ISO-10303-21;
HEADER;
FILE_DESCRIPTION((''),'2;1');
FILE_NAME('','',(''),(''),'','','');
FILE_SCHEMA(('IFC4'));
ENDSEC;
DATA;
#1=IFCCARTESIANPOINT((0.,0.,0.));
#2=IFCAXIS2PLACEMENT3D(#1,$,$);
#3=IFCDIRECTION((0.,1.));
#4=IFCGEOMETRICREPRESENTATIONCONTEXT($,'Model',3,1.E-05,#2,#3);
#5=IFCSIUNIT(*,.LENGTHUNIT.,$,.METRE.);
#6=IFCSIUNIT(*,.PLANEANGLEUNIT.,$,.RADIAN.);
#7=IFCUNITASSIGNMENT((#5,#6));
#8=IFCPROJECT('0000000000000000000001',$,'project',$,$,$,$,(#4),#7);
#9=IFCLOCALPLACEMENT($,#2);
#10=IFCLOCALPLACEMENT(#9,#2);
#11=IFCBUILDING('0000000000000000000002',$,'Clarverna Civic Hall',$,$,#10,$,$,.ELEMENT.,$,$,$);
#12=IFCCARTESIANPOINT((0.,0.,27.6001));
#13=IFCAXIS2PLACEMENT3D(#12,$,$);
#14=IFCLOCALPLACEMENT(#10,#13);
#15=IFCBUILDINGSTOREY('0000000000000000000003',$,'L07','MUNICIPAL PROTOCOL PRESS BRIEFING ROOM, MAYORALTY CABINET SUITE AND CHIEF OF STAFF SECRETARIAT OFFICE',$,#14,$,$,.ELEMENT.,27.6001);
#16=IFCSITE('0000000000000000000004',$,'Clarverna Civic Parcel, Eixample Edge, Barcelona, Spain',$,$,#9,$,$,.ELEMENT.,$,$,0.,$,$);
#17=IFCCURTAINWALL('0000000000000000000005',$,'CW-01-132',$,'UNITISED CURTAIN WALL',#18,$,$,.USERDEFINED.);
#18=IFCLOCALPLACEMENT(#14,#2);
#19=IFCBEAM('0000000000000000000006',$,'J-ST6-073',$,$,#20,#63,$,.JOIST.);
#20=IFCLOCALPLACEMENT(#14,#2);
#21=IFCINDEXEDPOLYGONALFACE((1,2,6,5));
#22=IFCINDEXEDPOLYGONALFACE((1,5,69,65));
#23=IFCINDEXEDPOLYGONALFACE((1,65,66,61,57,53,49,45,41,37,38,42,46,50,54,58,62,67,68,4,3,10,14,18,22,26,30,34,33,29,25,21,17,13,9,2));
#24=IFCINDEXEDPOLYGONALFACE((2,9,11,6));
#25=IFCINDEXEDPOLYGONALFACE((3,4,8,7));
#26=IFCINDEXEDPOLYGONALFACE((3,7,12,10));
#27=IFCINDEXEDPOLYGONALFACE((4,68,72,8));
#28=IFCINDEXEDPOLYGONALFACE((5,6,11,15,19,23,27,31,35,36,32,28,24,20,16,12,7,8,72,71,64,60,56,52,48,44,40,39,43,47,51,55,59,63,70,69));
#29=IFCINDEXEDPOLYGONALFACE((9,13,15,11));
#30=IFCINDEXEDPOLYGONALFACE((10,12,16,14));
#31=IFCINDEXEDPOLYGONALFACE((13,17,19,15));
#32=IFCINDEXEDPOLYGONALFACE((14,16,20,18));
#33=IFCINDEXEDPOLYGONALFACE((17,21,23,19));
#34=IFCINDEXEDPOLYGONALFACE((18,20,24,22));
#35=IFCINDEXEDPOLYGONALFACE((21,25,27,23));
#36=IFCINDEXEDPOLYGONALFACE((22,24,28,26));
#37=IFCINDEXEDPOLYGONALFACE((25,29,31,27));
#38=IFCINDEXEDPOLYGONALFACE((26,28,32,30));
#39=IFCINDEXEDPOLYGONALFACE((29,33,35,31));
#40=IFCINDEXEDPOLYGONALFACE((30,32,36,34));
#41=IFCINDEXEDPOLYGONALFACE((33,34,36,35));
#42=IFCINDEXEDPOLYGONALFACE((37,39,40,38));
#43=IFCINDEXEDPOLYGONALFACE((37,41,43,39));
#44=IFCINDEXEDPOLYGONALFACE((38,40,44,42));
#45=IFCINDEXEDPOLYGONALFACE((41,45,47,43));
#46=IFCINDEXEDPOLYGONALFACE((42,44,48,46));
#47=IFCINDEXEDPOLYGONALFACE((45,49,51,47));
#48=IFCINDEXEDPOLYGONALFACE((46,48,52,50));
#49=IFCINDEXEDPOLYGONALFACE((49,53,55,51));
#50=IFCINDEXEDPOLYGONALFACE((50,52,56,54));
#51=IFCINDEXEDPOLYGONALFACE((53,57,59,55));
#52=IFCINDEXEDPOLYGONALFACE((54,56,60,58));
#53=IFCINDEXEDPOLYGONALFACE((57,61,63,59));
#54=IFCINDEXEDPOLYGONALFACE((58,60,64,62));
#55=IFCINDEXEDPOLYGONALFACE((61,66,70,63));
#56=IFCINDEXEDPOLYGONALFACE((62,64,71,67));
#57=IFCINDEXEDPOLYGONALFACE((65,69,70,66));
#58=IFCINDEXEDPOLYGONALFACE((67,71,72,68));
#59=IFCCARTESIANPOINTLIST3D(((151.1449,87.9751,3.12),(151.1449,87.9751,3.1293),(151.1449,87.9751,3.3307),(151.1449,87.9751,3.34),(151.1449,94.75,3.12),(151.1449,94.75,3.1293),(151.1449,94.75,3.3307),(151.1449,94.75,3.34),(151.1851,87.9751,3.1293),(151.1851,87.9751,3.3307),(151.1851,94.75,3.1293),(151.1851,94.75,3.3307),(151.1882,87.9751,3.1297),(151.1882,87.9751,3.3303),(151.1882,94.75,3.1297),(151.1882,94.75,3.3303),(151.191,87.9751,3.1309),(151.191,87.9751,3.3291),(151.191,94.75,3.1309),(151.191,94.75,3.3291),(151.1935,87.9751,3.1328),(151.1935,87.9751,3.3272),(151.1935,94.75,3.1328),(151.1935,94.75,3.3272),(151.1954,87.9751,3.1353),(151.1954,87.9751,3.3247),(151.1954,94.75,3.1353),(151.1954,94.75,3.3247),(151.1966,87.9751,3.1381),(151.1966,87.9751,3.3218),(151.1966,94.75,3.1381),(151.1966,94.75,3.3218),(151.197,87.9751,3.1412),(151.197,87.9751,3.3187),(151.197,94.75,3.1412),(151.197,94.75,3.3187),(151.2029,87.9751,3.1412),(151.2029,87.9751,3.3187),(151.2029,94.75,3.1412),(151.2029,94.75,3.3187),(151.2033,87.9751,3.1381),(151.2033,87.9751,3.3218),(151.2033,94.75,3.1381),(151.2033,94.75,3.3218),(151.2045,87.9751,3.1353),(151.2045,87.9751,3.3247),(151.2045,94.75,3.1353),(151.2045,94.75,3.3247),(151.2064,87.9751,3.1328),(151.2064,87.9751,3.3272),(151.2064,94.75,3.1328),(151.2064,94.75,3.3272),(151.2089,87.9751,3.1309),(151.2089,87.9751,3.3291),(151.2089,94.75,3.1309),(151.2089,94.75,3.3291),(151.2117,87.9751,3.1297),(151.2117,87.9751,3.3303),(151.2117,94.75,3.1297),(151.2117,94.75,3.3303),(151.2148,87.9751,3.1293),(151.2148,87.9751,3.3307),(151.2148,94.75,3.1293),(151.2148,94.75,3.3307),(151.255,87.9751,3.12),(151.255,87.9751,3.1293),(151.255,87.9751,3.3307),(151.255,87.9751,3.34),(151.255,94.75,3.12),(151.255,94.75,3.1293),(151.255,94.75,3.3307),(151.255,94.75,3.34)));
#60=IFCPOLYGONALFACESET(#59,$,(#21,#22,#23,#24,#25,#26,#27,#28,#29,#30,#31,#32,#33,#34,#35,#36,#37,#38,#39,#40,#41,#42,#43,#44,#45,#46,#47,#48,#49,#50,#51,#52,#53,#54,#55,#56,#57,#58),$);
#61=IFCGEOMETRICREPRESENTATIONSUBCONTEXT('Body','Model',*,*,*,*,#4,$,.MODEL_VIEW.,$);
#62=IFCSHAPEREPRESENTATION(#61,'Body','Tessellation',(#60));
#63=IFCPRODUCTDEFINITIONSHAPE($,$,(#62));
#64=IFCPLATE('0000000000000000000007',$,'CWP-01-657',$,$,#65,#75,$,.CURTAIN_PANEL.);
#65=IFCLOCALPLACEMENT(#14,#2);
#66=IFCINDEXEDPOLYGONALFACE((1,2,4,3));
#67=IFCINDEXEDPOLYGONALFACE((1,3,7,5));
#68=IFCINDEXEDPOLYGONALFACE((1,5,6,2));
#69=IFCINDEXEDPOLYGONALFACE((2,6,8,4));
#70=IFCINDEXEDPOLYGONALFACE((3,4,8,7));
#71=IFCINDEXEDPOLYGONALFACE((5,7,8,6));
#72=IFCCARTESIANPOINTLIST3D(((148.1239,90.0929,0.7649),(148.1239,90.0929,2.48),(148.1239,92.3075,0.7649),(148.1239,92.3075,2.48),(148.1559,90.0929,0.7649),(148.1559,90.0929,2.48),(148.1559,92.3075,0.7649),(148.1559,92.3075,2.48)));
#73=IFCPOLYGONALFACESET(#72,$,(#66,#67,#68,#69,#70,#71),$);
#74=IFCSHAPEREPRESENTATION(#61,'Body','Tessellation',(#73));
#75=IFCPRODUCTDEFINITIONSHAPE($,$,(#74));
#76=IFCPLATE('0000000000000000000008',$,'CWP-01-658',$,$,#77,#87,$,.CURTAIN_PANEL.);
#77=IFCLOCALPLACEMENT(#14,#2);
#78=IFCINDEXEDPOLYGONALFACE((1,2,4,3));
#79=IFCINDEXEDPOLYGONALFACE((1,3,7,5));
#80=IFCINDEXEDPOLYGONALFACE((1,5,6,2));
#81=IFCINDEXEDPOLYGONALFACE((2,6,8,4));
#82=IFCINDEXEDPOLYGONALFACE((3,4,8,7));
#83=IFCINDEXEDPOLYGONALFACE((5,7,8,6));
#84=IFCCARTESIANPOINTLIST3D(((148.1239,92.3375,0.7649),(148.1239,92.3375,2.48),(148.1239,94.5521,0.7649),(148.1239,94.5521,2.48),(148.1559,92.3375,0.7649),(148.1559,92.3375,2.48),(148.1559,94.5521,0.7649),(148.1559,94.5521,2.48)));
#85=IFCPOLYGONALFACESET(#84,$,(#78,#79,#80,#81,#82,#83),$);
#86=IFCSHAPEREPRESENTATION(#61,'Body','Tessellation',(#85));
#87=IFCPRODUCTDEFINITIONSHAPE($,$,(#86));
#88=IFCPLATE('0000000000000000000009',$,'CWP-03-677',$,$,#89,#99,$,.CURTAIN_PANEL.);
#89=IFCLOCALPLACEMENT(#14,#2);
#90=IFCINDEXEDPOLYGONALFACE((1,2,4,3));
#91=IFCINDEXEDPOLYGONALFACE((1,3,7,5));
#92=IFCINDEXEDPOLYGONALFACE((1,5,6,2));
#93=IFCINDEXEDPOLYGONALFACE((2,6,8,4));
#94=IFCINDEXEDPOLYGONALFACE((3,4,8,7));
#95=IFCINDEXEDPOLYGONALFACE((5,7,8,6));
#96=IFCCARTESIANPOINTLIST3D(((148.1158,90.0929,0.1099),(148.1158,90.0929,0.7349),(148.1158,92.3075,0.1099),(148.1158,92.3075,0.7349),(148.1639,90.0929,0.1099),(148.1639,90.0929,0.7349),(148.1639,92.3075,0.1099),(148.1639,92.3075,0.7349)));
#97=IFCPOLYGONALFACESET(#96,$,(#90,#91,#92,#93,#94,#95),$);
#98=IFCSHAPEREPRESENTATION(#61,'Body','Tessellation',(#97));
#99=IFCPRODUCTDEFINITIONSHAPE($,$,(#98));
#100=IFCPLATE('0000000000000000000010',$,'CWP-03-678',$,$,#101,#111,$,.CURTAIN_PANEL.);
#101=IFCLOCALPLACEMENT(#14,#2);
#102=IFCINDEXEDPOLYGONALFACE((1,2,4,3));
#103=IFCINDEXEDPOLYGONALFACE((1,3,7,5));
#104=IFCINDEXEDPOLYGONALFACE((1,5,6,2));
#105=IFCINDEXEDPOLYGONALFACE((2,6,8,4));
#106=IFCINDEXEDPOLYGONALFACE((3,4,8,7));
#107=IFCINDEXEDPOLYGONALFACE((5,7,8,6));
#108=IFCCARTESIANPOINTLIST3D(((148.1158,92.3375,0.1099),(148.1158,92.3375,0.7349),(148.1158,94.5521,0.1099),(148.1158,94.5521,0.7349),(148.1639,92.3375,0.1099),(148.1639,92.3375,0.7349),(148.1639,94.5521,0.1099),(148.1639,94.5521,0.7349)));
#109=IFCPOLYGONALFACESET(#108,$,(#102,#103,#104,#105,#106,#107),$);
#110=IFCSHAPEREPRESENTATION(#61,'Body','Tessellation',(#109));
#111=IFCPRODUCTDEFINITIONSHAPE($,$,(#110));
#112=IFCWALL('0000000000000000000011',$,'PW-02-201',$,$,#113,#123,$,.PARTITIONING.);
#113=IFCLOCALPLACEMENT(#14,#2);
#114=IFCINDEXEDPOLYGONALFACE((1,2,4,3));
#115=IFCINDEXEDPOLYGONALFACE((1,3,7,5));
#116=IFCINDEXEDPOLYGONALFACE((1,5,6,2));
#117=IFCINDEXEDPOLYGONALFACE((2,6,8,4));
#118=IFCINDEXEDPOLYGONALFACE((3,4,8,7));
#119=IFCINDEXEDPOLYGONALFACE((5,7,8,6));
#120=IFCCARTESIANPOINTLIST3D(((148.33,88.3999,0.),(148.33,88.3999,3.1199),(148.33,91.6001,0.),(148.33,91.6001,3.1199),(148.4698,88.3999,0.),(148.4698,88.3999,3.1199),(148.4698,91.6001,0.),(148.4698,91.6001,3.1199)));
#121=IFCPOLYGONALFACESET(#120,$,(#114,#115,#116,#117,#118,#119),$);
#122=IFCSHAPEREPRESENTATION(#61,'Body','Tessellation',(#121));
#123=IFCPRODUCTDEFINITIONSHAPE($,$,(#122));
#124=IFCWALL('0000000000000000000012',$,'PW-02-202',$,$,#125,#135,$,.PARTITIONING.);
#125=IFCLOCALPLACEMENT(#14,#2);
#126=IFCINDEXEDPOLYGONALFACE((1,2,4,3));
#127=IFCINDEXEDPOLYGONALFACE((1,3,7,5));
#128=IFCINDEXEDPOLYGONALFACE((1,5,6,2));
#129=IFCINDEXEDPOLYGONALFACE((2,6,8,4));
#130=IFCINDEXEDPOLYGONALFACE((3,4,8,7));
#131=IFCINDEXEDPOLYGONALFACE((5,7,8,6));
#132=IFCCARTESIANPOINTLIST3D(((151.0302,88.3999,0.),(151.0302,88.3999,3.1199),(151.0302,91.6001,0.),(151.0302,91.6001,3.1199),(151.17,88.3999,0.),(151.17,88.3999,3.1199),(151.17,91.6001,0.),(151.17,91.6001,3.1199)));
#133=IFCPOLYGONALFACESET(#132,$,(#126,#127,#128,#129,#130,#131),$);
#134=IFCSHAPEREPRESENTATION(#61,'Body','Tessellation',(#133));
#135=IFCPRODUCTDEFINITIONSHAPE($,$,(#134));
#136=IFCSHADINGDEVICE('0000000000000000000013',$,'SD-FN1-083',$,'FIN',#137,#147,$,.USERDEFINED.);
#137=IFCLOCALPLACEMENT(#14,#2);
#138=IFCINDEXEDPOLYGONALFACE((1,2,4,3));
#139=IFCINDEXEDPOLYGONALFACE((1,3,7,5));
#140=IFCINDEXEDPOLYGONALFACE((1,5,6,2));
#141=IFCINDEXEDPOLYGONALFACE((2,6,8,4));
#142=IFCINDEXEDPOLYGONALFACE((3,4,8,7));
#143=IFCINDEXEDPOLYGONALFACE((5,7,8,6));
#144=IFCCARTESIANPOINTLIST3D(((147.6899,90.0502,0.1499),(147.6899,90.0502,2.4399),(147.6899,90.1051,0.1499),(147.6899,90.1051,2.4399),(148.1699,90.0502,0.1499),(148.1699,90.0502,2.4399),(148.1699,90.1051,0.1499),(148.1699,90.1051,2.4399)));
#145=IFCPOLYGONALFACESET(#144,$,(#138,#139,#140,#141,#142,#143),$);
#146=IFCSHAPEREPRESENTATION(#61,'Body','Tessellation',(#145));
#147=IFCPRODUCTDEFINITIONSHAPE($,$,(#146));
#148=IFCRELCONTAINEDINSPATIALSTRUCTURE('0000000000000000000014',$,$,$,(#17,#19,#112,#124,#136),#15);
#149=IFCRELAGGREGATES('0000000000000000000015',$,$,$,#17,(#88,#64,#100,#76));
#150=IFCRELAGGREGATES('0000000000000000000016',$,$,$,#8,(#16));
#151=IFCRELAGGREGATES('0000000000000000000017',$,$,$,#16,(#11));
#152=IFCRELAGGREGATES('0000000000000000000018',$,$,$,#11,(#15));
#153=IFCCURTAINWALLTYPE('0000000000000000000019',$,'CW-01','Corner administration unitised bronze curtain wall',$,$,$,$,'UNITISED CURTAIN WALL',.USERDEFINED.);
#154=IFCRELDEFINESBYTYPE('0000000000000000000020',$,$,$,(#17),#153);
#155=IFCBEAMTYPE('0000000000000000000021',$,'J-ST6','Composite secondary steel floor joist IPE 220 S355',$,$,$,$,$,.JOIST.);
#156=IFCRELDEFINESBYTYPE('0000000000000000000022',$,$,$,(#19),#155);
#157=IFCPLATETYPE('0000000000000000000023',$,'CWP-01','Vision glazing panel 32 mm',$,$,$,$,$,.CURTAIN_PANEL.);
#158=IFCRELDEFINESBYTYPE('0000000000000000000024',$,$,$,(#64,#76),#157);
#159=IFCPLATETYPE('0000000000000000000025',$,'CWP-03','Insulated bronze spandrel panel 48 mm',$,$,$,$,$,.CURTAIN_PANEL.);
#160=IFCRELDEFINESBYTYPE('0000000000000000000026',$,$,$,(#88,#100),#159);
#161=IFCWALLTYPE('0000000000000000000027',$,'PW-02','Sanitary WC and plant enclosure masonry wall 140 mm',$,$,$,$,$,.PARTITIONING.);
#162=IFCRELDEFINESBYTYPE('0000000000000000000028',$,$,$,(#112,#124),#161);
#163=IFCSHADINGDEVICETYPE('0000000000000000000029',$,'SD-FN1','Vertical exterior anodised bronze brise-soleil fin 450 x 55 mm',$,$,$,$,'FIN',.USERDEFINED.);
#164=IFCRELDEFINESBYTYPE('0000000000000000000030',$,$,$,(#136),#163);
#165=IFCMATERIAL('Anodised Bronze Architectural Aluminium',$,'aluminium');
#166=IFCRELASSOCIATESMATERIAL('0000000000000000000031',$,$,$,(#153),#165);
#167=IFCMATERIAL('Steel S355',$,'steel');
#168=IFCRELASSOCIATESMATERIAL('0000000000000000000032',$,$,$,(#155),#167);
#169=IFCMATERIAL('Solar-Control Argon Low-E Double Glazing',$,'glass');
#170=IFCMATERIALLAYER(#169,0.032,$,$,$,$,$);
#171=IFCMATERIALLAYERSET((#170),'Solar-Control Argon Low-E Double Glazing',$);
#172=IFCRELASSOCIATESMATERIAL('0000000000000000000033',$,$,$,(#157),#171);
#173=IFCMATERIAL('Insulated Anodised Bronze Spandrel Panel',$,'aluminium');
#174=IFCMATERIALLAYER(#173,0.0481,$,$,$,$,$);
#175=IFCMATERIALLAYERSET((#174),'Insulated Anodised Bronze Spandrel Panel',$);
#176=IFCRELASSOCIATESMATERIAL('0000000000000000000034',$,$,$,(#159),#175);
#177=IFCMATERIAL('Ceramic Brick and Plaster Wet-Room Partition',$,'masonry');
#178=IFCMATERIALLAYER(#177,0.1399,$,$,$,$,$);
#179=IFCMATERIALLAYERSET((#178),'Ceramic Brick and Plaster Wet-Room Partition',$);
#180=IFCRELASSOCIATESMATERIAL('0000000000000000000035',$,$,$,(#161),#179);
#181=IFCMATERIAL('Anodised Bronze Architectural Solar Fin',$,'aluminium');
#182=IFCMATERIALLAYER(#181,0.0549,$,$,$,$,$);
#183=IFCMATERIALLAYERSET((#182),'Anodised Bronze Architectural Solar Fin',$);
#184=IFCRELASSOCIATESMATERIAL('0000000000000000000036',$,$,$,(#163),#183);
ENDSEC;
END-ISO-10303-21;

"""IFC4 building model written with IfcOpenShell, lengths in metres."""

from ifc_helpers import new_model, si_unit, direction, frame, frame_2d, origin, origin_2d, place, context, subcontext, project, spatial, rectangle, i_section, extrude, material, layer, layer_set, material_profile, profile_set, type_object, element, aggregate, save


model = new_model("IFC4")

# Units and contexts
model_context = context("Model", 3, precision=1e-05, world=origin(), true_north=direction((0.0, 1.0)))
body_context = subcontext(model_context, "Body", "Model", "MODEL_VIEW")
ifc_project = project(units=[si_unit("LENGTHUNIT", "METRE"), si_unit("PLANEANGLEUNIT", "RADIAN")], contexts=[model_context])

# Site, building, storey
site_placement = place(None, origin())
site = spatial("IfcSite", under=ifc_project, at=site_placement, Name="Clarverna Civic Parcel, Eixample Edge, Barcelona, Spain", CompositionType="ELEMENT", RefElevation=0.0)
building_placement = place(site_placement, origin())
building = spatial("IfcBuilding", under=site, at=building_placement, Name="Clarverna Civic Hall", CompositionType="ELEMENT")
storey_placement = place(building_placement, frame((0.0, 0.0, 27.6001)))
storey = spatial("IfcBuildingStorey", under=building, at=storey_placement, Name="L07", Description="MUNICIPAL PROTOCOL PRESS BRIEFING ROOM, MAYORALTY CABINET SUITE AND CHIEF OF STAFF SECRETARIAT OFFICE", CompositionType="ELEMENT", Elevation=27.6001)

# Curtain wall
ifc_material_1 = material(Name="Anodised Bronze Architectural Aluminium", Category="aluminium")
curtain_wall_type = type_object("IfcCurtainWallType", Name="CW-01", Description="Corner administration unitised bronze curtain wall", ElementType="UNITISED CURTAIN WALL", PredefinedType="USERDEFINED", material=ifc_material_1)
curtain_wall_placement = place(storey_placement, origin())
curtain_wall = element("IfcCurtainWall", 1, at=curtain_wall_placement, inside=storey, type_object=curtain_wall_type, Name="CW-01-132", ObjectType="UNITISED CURTAIN WALL", PredefinedType="USERDEFINED")

# Beam
ifc_material_2 = material(Name="Steel S355", Category="steel")
ifc_material_profile_1 = material_profile(ifc_material_2, i_section(OverallWidth=0.1101, OverallDepth=0.22, WebThickness=0.0059, FlangeThickness=0.0093, FilletRadius=0.012, at=origin_2d()), Name="IPE 220")
ifc_profile_set_1 = profile_set([ifc_material_profile_1], Name="Steel S355")
beam_type_1 = type_object("IfcBeamType", Name="J-ST6", Description="Composite secondary steel floor joist IPE 220 S355", PredefinedType="JOIST", material=ifc_profile_set_1)
beam_1_placement = place(storey_placement, frame((151.2, 87.9751, 3.23), z_axis=(0.0, 1.0, 0.0), x_axis=(-1.0, 0.0, 0.0)))
element("IfcBeam", 2, at=beam_1_placement, inside=storey, type_object=beam_type_1, Name="J-ST6-073", PredefinedType="JOIST", context=body_context, shape_type="SweptSolid", body=[
    extrude(i_section(OverallWidth=0.1101, OverallDepth=0.22, WebThickness=0.0059, FlangeThickness=0.0093, FilletRadius=0.012, at=origin_2d()), origin(), (0.0, 0.0, 1.0), 6.7749),
])

# Plates
ifc_material_3 = material(Name="Solar-Control Argon Low-E Double Glazing", Category="glass")
ifc_layer_1 = layer(ifc_material_3, 0.032)
ifc_layer_set_1 = layer_set([ifc_layer_1], Name="Solar-Control Argon Low-E Double Glazing")
plate_type_1 = type_object("IfcPlateType", Name="CWP-01", Description="Vision glazing panel 32 mm", PredefinedType="CURTAIN_PANEL", material=ifc_layer_set_1)
plate_1_placement = place(storey_placement, frame((148.1399, 90.0928, 0.7649), z_axis=(0.0, 0.0, 1.0), x_axis=(0.0, 1.0, 0.0)))
plate_1 = element("IfcPlate", 3, at=plate_1_placement, type_object=plate_type_1, Name="CWP-01-657", PredefinedType="CURTAIN_PANEL", context=body_context, shape_type="SweptSolid", body=[
    extrude(rectangle(XDim=2.2146, YDim=0.032, at=frame_2d((1.1074, 0.0))), origin(), (0.0, 0.0, 1.0), 1.7151),
])
plate_2_placement = place(storey_placement, frame((148.1399, 92.3374, 0.7649), z_axis=(0.0, 0.0, 1.0), x_axis=(0.0, 1.0, 0.0)))
plate_2 = element("IfcPlate", 4, at=plate_2_placement, type_object=plate_type_1, Name="CWP-01-658", PredefinedType="CURTAIN_PANEL", context=body_context, shape_type="SweptSolid", body=[
    extrude(rectangle(XDim=2.2146, YDim=0.032, at=frame_2d((1.1074, 0.0))), origin(), (0.0, 0.0, 1.0), 1.7151),
])
ifc_material_4 = material(Name="Insulated Anodised Bronze Spandrel Panel", Category="aluminium")
ifc_layer_2 = layer(ifc_material_4, 0.0481)
ifc_layer_set_2 = layer_set([ifc_layer_2], Name="Insulated Anodised Bronze Spandrel Panel")
plate_type_2 = type_object("IfcPlateType", Name="CWP-03", Description="Insulated bronze spandrel panel 48 mm", PredefinedType="CURTAIN_PANEL", material=ifc_layer_set_2)
plate_3_placement = place(storey_placement, frame((148.1399, 90.0928, 0.1099), z_axis=(0.0, 0.0, 1.0), x_axis=(0.0, 1.0, 0.0)))
plate_3 = element("IfcPlate", 5, at=plate_3_placement, type_object=plate_type_2, Name="CWP-03-677", PredefinedType="CURTAIN_PANEL", context=body_context, shape_type="SweptSolid", body=[
    extrude(rectangle(XDim=2.2146, YDim=0.0481, at=frame_2d((1.1074, 0.0))), origin(), (0.0, 0.0, 1.0), 0.625),
])
plate_4_placement = place(storey_placement, frame((148.1399, 92.3374, 0.1099), z_axis=(0.0, 0.0, 1.0), x_axis=(0.0, 1.0, 0.0)))
plate_4 = element("IfcPlate", 6, at=plate_4_placement, type_object=plate_type_2, Name="CWP-03-678", PredefinedType="CURTAIN_PANEL", context=body_context, shape_type="SweptSolid", body=[
    extrude(rectangle(XDim=2.2146, YDim=0.0481, at=frame_2d((1.1074, 0.0))), origin(), (0.0, 0.0, 1.0), 0.625),
])
aggregate(curtain_wall, [plate_3, plate_1, plate_4, plate_2])

# Walls
ifc_material_5 = material(Name="Ceramic Brick and Plaster Wet-Room Partition", Category="masonry")
ifc_layer_3 = layer(ifc_material_5, 0.1399)
ifc_layer_set_3 = layer_set([ifc_layer_3], Name="Ceramic Brick and Plaster Wet-Room Partition")
wall_type = type_object("IfcWallType", Name="PW-02", Description="Sanitary WC and plant enclosure masonry wall 140 mm", PredefinedType="PARTITIONING", material=ifc_layer_set_3)
for number, where, z_axis, x_axis, name in (
    (7, (148.3999, 88.3999, 0.0), (0.0, 0.0, 1.0), (0.0, 1.0, 0.0), "PW-02-201"),
    (8, (151.1001, 88.3999, 0.0), (0.0, 0.0, 1.0), (0.0, 1.0, 0.0), "PW-02-202"),
):
    element("IfcWall", number, at=place(storey_placement, frame(where, z_axis=z_axis, x_axis=x_axis)), inside=storey, type_object=wall_type, Name=name, PredefinedType="PARTITIONING", context=body_context, shape_type="SweptSolid", body=[
        extrude(rectangle(XDim=3.2002, YDim=0.1399, at=frame_2d((1.6001, 0.0))), origin(), (0.0, 0.0, 1.0), 3.1199),
    ])

# Shading device
ifc_material_6 = material(Name="Anodised Bronze Architectural Solar Fin", Category="aluminium")
ifc_layer_4 = layer(ifc_material_6, 0.0549)
ifc_layer_set_4 = layer_set([ifc_layer_4], Name="Anodised Bronze Architectural Solar Fin")
shading_device_type = type_object("IfcShadingDeviceType", Name="SD-FN1", Description="Vertical exterior anodised bronze brise-soleil fin 450 x 55 mm", ElementType="FIN", PredefinedType="USERDEFINED", material=ifc_layer_set_4)
shading_device_placement = place(storey_placement, frame((148.1699, 90.0776, 0.1499), z_axis=(0.0, 0.0, 1.0), x_axis=(-1.0, 0.0, 0.0)))
element("IfcShadingDevice", 9, at=shading_device_placement, inside=storey, type_object=shading_device_type, Name="SD-FN1-083", ObjectType="FIN", PredefinedType="USERDEFINED", context=body_context, shape_type="SweptSolid", body=[
    extrude(rectangle(XDim=0.48, YDim=0.0549, at=frame_2d((0.24, 0.0))), origin(), (0.0, 0.0, 1.0), 2.29),
])

save(model, "model.ifc")
